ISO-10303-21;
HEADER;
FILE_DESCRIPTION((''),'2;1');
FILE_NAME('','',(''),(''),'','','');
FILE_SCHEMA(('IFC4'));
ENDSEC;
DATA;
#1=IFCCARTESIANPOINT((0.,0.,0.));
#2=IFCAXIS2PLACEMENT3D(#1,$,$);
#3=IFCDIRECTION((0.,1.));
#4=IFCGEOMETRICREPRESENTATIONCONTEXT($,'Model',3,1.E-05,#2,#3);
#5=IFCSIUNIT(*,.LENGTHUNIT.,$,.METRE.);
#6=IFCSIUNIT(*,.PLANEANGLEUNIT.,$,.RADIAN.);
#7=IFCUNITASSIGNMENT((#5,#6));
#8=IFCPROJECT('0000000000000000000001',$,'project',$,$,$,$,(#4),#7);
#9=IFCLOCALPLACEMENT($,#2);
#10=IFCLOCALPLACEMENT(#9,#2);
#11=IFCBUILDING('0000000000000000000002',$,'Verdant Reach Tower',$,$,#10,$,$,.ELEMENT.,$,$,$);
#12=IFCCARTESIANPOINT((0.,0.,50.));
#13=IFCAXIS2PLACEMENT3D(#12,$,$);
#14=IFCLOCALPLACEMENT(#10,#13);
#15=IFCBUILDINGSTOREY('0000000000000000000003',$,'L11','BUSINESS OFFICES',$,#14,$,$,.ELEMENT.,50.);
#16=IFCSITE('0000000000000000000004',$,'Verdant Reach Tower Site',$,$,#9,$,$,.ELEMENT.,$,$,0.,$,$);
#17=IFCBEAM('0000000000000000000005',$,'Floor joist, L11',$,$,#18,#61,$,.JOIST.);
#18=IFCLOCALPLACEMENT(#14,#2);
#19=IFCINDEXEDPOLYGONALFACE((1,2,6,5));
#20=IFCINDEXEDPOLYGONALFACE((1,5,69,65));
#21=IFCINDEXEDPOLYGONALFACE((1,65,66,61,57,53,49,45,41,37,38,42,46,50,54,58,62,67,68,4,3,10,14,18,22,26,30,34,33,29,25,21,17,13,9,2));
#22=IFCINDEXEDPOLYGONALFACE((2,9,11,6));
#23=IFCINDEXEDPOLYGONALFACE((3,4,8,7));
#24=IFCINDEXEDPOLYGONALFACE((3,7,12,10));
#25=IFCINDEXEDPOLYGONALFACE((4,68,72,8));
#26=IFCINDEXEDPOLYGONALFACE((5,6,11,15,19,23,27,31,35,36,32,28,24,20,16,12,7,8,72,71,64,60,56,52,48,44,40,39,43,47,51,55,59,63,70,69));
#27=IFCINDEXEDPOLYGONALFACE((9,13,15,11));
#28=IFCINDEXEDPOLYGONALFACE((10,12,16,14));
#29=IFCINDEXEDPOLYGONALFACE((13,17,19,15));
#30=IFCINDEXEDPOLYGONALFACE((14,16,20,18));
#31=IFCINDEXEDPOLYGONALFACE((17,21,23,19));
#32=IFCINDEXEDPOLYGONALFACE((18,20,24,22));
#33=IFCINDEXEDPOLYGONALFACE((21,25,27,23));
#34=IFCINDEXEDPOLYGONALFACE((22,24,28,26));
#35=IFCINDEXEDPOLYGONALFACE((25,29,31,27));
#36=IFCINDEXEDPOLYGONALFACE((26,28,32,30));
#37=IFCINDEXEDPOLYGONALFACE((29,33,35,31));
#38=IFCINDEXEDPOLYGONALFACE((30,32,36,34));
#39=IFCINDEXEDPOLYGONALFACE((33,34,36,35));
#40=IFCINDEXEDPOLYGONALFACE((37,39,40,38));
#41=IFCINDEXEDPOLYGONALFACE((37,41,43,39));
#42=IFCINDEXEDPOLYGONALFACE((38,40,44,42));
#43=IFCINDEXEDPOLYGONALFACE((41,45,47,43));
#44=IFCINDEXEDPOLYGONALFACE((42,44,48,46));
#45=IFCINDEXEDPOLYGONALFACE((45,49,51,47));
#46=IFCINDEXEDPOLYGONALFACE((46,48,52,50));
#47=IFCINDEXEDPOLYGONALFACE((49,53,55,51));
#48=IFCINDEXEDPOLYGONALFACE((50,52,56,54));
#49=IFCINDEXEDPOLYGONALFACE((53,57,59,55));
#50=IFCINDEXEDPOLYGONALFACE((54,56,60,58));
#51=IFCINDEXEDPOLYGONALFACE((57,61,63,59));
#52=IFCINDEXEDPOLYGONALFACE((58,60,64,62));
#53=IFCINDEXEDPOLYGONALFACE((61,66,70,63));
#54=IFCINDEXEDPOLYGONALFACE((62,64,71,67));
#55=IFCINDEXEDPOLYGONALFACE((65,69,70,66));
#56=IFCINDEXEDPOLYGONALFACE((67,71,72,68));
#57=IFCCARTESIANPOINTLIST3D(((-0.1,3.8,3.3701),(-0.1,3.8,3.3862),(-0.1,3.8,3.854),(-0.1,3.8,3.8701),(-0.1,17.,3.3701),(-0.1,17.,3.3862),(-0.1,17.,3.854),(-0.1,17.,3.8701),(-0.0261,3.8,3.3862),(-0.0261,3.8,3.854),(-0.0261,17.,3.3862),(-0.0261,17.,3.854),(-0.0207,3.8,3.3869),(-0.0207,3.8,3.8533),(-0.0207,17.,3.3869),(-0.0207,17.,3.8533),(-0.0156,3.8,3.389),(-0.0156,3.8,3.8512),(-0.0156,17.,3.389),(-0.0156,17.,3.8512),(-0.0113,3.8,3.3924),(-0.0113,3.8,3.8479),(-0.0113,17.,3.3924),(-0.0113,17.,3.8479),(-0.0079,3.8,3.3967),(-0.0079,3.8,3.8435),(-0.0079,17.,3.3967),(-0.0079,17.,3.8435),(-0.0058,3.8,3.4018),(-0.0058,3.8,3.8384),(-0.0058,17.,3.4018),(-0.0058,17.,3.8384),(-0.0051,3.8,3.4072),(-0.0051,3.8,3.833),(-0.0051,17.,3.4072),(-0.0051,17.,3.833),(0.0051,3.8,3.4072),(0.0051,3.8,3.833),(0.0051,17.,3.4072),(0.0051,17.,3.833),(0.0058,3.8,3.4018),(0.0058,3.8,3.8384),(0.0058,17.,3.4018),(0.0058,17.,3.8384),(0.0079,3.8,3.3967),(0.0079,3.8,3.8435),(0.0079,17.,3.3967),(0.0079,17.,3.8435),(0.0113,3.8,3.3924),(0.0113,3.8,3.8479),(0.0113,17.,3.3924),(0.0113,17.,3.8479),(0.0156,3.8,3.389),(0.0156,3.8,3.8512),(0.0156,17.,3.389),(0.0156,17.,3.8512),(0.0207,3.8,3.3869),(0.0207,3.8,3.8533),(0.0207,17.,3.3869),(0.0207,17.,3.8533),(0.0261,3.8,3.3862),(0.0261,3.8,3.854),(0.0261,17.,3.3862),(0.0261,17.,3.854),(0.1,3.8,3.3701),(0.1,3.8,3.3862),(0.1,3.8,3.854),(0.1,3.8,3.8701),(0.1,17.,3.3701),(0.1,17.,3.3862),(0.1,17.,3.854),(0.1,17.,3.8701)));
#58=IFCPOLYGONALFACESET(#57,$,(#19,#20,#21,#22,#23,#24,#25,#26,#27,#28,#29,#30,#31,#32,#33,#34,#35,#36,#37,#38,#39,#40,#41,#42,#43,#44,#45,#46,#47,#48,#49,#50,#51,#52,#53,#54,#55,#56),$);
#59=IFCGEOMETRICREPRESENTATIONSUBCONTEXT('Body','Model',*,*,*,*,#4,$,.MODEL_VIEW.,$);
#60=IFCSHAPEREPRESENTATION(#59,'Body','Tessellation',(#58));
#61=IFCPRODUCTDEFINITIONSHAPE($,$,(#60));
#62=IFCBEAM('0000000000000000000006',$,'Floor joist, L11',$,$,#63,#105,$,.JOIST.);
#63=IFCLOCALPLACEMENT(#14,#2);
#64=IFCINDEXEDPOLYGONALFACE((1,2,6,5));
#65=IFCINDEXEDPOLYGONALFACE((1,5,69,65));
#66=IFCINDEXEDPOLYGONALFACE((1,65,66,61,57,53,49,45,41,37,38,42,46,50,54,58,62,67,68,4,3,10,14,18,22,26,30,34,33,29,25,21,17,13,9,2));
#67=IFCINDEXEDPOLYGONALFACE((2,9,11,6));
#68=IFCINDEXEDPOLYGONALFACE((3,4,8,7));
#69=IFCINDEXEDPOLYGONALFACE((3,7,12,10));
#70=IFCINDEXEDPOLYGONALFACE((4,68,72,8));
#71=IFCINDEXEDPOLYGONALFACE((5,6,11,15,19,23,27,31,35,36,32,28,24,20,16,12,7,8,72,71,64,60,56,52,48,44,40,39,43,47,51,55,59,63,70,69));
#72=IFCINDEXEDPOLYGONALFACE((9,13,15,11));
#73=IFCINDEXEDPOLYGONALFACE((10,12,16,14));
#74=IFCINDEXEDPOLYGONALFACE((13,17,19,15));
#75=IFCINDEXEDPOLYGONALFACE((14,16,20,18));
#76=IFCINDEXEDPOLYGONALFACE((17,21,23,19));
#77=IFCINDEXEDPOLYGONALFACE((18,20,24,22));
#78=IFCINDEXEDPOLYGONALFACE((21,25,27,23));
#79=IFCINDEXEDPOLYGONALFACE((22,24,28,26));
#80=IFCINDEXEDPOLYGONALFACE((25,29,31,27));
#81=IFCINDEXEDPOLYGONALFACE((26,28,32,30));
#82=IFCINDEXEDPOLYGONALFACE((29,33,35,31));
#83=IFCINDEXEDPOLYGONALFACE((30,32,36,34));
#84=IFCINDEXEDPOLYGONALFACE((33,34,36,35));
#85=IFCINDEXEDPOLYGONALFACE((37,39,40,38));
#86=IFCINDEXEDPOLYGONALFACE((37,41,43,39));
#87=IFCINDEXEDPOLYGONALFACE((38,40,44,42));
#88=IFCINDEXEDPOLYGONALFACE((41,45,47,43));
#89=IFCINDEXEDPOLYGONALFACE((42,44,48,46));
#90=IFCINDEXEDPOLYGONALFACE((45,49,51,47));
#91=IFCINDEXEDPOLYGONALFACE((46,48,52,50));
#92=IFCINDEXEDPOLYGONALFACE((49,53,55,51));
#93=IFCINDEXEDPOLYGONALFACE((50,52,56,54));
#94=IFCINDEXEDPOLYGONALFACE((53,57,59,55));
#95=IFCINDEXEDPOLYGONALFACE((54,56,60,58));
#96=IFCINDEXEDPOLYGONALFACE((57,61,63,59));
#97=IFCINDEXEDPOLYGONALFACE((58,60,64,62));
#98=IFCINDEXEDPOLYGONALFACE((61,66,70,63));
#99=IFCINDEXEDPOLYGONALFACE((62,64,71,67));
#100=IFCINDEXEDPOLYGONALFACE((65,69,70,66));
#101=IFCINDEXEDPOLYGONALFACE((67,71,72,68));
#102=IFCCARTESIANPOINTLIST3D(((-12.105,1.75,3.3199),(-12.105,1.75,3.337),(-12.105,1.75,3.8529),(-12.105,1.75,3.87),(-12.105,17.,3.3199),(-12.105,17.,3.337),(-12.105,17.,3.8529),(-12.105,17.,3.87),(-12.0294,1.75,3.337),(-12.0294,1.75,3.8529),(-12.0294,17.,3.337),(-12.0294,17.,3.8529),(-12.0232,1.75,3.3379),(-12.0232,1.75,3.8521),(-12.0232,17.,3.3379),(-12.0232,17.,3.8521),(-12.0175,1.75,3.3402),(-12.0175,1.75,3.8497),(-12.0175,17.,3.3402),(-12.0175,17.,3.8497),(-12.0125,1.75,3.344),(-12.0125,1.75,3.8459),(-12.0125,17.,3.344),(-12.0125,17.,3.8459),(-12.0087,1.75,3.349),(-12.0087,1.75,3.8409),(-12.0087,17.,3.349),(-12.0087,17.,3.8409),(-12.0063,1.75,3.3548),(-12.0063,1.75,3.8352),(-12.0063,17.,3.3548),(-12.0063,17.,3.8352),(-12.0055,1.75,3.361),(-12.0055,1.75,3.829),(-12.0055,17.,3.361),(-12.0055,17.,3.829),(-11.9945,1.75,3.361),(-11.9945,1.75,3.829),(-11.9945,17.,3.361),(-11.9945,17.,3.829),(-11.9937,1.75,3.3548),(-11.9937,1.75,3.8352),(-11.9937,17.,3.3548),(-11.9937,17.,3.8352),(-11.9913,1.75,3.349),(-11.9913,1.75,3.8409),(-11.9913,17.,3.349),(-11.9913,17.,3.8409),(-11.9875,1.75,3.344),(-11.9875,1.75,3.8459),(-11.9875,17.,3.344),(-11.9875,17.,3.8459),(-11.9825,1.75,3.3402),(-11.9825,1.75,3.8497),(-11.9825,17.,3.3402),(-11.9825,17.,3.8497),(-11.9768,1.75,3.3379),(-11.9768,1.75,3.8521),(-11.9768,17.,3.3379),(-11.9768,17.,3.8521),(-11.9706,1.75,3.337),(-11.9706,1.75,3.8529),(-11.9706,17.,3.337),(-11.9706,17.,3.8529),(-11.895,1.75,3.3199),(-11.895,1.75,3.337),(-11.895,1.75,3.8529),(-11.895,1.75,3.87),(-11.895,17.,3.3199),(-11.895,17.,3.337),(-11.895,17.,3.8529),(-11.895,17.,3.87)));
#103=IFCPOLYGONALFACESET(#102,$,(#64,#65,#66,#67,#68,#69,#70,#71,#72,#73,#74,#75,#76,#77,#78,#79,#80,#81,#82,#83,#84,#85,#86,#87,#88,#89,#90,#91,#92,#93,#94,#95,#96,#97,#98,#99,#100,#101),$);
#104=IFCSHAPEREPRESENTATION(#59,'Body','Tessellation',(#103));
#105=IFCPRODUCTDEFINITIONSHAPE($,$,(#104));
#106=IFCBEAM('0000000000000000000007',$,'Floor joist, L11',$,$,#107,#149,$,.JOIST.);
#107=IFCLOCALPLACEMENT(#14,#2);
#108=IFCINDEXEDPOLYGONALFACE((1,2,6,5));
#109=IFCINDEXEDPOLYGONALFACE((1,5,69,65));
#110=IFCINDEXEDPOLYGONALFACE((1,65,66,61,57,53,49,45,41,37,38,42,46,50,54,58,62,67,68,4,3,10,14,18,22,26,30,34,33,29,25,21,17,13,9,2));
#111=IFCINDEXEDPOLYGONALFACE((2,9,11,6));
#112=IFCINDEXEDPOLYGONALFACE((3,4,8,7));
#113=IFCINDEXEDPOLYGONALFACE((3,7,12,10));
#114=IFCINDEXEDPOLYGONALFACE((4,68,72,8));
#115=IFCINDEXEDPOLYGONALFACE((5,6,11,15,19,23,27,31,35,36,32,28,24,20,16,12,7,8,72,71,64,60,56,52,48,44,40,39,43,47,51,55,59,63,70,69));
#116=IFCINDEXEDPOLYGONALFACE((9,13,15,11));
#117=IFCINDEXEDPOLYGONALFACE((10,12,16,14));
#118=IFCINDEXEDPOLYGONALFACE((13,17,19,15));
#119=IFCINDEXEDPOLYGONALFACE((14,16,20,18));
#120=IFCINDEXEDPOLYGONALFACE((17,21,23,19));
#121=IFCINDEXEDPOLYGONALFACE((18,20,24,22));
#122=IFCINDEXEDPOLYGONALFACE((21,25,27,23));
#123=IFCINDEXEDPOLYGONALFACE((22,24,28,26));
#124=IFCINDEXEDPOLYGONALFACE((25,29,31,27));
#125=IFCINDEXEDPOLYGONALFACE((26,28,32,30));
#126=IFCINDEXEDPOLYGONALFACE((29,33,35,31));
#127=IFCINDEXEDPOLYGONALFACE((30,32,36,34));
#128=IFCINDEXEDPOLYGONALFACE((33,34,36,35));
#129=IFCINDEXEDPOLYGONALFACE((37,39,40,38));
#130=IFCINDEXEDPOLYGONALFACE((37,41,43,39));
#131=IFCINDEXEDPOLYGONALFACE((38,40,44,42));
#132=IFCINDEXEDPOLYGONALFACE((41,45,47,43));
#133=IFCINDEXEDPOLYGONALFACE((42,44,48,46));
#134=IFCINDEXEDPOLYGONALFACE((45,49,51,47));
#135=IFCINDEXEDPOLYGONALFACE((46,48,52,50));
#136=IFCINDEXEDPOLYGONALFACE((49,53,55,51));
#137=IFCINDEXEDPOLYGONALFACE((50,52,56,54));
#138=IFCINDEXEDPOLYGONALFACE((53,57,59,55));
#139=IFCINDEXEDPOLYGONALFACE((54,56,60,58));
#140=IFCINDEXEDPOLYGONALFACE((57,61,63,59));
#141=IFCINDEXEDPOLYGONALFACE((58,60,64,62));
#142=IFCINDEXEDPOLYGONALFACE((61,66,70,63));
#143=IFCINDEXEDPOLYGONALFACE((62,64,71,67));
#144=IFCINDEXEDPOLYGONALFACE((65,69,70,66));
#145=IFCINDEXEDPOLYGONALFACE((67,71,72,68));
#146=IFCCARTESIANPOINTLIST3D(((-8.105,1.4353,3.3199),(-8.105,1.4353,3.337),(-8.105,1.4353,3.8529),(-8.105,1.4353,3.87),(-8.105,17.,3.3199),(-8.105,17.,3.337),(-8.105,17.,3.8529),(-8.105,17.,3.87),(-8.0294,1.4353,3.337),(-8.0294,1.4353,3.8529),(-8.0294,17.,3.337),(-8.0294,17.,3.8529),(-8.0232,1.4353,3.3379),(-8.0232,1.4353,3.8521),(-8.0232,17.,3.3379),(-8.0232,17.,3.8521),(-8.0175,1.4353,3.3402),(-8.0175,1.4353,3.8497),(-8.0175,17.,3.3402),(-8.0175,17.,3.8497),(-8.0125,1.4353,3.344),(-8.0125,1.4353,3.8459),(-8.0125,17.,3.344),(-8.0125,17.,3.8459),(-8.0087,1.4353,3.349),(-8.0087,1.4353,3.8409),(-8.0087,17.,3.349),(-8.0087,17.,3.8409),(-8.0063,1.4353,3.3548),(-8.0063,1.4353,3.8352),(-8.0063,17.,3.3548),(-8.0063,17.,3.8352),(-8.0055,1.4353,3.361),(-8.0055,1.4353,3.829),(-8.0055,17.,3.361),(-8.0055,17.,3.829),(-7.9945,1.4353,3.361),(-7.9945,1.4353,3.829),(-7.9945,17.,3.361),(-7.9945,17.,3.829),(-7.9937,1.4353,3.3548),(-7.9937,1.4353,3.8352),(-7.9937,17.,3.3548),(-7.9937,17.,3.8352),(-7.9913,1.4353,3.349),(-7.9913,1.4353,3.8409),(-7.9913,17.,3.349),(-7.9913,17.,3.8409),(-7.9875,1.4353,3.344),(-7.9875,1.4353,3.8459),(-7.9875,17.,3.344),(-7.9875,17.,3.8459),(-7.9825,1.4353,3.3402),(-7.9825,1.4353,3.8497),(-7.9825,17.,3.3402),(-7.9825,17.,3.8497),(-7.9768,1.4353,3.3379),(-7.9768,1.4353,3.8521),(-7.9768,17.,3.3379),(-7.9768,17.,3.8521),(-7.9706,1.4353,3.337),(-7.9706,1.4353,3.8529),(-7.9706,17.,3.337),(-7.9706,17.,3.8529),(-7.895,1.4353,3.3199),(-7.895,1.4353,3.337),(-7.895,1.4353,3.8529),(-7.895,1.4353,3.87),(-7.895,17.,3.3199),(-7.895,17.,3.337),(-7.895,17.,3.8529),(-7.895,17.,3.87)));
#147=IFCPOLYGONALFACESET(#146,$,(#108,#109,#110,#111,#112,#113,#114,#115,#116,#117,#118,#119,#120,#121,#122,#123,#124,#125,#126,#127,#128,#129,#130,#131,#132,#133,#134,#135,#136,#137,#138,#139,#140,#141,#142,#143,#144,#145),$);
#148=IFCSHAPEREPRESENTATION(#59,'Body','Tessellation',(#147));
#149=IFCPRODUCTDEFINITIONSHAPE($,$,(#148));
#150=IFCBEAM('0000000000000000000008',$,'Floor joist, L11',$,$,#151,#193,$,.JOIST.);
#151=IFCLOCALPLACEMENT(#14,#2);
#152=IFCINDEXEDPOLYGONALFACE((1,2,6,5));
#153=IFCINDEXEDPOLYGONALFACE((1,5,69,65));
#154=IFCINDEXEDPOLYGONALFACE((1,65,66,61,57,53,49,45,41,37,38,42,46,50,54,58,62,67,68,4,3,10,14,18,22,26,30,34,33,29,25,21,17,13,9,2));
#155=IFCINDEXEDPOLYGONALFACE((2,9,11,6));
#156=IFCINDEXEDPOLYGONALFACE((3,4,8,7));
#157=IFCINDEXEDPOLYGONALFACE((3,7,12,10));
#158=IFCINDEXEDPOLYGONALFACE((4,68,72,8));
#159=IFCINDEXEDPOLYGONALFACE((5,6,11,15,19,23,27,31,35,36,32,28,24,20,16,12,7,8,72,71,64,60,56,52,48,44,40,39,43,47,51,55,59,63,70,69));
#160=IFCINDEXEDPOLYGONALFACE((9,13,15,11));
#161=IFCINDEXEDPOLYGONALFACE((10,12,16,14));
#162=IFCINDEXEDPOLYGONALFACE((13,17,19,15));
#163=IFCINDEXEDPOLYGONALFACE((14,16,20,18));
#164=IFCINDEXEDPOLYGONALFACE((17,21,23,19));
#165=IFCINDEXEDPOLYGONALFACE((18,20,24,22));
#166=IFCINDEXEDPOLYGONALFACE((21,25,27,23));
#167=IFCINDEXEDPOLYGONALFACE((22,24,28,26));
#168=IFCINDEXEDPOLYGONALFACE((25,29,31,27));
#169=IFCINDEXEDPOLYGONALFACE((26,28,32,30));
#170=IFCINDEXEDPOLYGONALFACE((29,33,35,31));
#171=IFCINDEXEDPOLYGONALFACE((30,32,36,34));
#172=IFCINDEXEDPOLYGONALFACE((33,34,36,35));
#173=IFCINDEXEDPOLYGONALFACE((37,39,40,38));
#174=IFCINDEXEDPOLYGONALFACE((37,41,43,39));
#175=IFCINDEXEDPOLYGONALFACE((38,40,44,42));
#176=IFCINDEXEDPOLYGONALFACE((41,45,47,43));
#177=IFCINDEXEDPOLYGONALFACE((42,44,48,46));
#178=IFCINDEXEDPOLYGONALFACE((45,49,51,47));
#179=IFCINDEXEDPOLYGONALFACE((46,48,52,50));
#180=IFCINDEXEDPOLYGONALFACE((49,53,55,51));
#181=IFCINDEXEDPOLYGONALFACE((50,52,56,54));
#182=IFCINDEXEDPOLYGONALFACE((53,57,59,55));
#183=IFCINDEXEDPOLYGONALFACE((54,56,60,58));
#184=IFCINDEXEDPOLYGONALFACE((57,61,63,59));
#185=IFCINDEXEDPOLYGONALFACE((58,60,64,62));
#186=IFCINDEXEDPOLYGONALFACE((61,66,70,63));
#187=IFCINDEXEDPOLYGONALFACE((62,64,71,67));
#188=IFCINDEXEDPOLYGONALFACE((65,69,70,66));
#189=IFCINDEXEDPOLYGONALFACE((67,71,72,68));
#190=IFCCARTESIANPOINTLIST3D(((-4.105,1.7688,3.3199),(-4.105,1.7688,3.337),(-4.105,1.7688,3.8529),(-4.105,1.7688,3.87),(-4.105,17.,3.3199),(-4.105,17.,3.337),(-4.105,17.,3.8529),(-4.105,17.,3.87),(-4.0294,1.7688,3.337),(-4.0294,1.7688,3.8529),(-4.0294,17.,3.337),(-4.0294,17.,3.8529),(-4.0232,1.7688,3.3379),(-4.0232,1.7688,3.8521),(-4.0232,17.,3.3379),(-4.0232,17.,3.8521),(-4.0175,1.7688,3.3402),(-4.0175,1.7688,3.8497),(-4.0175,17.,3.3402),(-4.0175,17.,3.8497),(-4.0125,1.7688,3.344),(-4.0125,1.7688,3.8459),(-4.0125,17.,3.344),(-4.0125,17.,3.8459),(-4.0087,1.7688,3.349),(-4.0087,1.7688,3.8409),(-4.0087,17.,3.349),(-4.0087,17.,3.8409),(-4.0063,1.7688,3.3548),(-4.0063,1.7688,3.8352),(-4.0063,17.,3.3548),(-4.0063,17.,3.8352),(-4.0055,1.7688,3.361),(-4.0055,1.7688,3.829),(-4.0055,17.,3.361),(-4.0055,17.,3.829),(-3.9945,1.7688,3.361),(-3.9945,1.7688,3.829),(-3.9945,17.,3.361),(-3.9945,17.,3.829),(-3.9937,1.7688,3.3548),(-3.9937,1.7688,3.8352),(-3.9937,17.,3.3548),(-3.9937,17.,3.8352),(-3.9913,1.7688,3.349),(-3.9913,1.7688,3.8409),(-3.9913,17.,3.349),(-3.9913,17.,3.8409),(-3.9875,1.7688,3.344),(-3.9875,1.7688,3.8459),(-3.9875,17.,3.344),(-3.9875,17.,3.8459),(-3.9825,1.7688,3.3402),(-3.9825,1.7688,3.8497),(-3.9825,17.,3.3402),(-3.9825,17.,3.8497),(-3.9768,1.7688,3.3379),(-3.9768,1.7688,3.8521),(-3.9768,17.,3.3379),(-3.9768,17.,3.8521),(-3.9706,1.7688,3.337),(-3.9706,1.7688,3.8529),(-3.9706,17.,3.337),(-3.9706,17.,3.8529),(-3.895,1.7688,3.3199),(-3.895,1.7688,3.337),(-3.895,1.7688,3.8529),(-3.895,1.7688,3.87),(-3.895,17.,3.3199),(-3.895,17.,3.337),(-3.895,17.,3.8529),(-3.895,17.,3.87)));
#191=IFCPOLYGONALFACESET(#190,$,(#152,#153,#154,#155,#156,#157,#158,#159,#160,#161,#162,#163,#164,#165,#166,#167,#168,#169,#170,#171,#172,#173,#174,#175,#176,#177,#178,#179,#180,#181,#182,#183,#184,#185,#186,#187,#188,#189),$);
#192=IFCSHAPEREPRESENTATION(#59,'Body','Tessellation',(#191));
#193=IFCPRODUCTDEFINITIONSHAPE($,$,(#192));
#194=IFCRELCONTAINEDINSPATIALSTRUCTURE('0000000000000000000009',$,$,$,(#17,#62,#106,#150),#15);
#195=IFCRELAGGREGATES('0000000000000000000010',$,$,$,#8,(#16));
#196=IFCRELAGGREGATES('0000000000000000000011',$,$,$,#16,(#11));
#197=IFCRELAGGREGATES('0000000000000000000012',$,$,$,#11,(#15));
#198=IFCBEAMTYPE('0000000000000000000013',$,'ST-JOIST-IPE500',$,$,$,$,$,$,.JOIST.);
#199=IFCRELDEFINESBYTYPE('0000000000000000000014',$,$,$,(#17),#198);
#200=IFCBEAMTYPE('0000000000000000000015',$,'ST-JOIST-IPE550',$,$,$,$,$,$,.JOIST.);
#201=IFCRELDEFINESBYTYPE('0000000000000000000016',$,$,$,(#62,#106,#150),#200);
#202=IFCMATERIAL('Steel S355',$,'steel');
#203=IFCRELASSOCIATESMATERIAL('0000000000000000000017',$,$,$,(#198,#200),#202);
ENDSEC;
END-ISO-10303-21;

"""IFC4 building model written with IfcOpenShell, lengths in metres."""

from ifc_helpers import new_model, si_unit, direction, frame, origin, origin_2d, place, context, subcontext, project, spatial, i_section, extrude, material, material_profile, profile_set, type_object, element, save


model = new_model("IFC4")

# Units and contexts
model_context = context("Model", 3, precision=1e-05, world=origin(), true_north=direction((0.0, 1.0)))
body_context = subcontext(model_context, "Body", "Model", "MODEL_VIEW")
ifc_project = project(units=[si_unit("LENGTHUNIT", "METRE"), si_unit("PLANEANGLEUNIT", "RADIAN")], contexts=[model_context])

# Site, building, storey
site_placement = place(None, origin())
site = spatial("IfcSite", under=ifc_project, at=site_placement, Name="Verdant Reach Tower Site", CompositionType="ELEMENT", RefElevation=0.0)
building_placement = place(site_placement, origin())
building = spatial("IfcBuilding", under=site, at=building_placement, Name="Verdant Reach Tower", CompositionType="ELEMENT")
storey_placement = place(building_placement, frame((0.0, 0.0, 50.0)))
storey = spatial("IfcBuildingStorey", under=building, at=storey_placement, Name="L11", Description="BUSINESS OFFICES", CompositionType="ELEMENT", Elevation=50.0)

# Beams
ifc_material_1 = material(Name="Steel S355", Category="steel")
ifc_material_profile_1 = material_profile(ifc_material_1, i_section(OverallWidth=0.2, OverallDepth=0.5, WebThickness=0.0103, FlangeThickness=0.0161, FilletRadius=0.021, at=origin_2d()), Name="IPE 500")
ifc_profile_set_1 = profile_set([ifc_material_profile_1], Name="Steel S355")
beam_type_1 = type_object("IfcBeamType", Name="ST-JOIST-IPE500", PredefinedType="JOIST", material=ifc_profile_set_1)
beam_1_placement = place(storey_placement, frame((0.0, 17.0, 3.6201), z_axis=(0.0, -1.0, 0.0), x_axis=(1.0, 0.0, 0.0)))
element("IfcBeam", 1, at=beam_1_placement, inside=storey, type_object=beam_type_1, Name="Floor joist, L11", PredefinedType="JOIST", context=body_context, shape_type="SweptSolid", body=[
    extrude(i_section(OverallWidth=0.2, OverallDepth=0.5, WebThickness=0.0103, FlangeThickness=0.0161, FilletRadius=0.021, at=origin_2d()), origin(), (0.0, 0.0, 1.0), 13.2),
])
ifc_material_profile_2 = material_profile(ifc_material_1, i_section(OverallWidth=0.21, OverallDepth=0.55, WebThickness=0.011, FlangeThickness=0.0171, FilletRadius=0.0239, at=origin_2d()), Name="IPE 550")
ifc_profile_set_2 = profile_set([ifc_material_profile_2], Name="Steel S355")
beam_type_2 = type_object("IfcBeamType", Name="ST-JOIST-IPE550", PredefinedType="JOIST", material=ifc_profile_set_2)
beam_2_placement = place(storey_placement, frame((-12.0, 17.0, 3.595), z_axis=(0.0, -1.0, 0.0), x_axis=(1.0, 0.0, 0.0)))
element("IfcBeam", 2, at=beam_2_placement, inside=storey, type_object=beam_type_2, Name="Floor joist, L11", PredefinedType="JOIST", context=body_context, shape_type="SweptSolid", body=[
    extrude(i_section(OverallWidth=0.21, OverallDepth=0.55, WebThickness=0.011, FlangeThickness=0.0171, FilletRadius=0.0239, at=origin_2d()), origin(), (0.0, 0.0, 1.0), 15.25),
])
beam_3_placement = place(storey_placement, frame((-8.0, 17.0, 3.595), z_axis=(0.0, -1.0, 0.0), x_axis=(1.0, 0.0, 0.0)))
element("IfcBeam", 3, at=beam_3_placement, inside=storey, type_object=beam_type_2, Name="Floor joist, L11", PredefinedType="JOIST", context=body_context, shape_type="SweptSolid", body=[
    extrude(i_section(OverallWidth=0.21, OverallDepth=0.55, WebThickness=0.011, FlangeThickness=0.0171, FilletRadius=0.0239, at=origin_2d()), origin(), (0.0, 0.0, 1.0), 15.5647),
])
beam_4_placement = place(storey_placement, frame((-4.0, 17.0, 3.595), z_axis=(0.0, -1.0, 0.0), x_axis=(1.0, 0.0, 0.0)))
element("IfcBeam", 4, at=beam_4_placement, inside=storey, type_object=beam_type_2, Name="Floor joist, L11", PredefinedType="JOIST", context=body_context, shape_type="SweptSolid", body=[
    extrude(i_section(OverallWidth=0.21, OverallDepth=0.55, WebThickness=0.011, FlangeThickness=0.0171, FilletRadius=0.0239, at=origin_2d()), origin(), (0.0, 0.0, 1.0), 15.2312),
])

save(model, "model.ifc")
